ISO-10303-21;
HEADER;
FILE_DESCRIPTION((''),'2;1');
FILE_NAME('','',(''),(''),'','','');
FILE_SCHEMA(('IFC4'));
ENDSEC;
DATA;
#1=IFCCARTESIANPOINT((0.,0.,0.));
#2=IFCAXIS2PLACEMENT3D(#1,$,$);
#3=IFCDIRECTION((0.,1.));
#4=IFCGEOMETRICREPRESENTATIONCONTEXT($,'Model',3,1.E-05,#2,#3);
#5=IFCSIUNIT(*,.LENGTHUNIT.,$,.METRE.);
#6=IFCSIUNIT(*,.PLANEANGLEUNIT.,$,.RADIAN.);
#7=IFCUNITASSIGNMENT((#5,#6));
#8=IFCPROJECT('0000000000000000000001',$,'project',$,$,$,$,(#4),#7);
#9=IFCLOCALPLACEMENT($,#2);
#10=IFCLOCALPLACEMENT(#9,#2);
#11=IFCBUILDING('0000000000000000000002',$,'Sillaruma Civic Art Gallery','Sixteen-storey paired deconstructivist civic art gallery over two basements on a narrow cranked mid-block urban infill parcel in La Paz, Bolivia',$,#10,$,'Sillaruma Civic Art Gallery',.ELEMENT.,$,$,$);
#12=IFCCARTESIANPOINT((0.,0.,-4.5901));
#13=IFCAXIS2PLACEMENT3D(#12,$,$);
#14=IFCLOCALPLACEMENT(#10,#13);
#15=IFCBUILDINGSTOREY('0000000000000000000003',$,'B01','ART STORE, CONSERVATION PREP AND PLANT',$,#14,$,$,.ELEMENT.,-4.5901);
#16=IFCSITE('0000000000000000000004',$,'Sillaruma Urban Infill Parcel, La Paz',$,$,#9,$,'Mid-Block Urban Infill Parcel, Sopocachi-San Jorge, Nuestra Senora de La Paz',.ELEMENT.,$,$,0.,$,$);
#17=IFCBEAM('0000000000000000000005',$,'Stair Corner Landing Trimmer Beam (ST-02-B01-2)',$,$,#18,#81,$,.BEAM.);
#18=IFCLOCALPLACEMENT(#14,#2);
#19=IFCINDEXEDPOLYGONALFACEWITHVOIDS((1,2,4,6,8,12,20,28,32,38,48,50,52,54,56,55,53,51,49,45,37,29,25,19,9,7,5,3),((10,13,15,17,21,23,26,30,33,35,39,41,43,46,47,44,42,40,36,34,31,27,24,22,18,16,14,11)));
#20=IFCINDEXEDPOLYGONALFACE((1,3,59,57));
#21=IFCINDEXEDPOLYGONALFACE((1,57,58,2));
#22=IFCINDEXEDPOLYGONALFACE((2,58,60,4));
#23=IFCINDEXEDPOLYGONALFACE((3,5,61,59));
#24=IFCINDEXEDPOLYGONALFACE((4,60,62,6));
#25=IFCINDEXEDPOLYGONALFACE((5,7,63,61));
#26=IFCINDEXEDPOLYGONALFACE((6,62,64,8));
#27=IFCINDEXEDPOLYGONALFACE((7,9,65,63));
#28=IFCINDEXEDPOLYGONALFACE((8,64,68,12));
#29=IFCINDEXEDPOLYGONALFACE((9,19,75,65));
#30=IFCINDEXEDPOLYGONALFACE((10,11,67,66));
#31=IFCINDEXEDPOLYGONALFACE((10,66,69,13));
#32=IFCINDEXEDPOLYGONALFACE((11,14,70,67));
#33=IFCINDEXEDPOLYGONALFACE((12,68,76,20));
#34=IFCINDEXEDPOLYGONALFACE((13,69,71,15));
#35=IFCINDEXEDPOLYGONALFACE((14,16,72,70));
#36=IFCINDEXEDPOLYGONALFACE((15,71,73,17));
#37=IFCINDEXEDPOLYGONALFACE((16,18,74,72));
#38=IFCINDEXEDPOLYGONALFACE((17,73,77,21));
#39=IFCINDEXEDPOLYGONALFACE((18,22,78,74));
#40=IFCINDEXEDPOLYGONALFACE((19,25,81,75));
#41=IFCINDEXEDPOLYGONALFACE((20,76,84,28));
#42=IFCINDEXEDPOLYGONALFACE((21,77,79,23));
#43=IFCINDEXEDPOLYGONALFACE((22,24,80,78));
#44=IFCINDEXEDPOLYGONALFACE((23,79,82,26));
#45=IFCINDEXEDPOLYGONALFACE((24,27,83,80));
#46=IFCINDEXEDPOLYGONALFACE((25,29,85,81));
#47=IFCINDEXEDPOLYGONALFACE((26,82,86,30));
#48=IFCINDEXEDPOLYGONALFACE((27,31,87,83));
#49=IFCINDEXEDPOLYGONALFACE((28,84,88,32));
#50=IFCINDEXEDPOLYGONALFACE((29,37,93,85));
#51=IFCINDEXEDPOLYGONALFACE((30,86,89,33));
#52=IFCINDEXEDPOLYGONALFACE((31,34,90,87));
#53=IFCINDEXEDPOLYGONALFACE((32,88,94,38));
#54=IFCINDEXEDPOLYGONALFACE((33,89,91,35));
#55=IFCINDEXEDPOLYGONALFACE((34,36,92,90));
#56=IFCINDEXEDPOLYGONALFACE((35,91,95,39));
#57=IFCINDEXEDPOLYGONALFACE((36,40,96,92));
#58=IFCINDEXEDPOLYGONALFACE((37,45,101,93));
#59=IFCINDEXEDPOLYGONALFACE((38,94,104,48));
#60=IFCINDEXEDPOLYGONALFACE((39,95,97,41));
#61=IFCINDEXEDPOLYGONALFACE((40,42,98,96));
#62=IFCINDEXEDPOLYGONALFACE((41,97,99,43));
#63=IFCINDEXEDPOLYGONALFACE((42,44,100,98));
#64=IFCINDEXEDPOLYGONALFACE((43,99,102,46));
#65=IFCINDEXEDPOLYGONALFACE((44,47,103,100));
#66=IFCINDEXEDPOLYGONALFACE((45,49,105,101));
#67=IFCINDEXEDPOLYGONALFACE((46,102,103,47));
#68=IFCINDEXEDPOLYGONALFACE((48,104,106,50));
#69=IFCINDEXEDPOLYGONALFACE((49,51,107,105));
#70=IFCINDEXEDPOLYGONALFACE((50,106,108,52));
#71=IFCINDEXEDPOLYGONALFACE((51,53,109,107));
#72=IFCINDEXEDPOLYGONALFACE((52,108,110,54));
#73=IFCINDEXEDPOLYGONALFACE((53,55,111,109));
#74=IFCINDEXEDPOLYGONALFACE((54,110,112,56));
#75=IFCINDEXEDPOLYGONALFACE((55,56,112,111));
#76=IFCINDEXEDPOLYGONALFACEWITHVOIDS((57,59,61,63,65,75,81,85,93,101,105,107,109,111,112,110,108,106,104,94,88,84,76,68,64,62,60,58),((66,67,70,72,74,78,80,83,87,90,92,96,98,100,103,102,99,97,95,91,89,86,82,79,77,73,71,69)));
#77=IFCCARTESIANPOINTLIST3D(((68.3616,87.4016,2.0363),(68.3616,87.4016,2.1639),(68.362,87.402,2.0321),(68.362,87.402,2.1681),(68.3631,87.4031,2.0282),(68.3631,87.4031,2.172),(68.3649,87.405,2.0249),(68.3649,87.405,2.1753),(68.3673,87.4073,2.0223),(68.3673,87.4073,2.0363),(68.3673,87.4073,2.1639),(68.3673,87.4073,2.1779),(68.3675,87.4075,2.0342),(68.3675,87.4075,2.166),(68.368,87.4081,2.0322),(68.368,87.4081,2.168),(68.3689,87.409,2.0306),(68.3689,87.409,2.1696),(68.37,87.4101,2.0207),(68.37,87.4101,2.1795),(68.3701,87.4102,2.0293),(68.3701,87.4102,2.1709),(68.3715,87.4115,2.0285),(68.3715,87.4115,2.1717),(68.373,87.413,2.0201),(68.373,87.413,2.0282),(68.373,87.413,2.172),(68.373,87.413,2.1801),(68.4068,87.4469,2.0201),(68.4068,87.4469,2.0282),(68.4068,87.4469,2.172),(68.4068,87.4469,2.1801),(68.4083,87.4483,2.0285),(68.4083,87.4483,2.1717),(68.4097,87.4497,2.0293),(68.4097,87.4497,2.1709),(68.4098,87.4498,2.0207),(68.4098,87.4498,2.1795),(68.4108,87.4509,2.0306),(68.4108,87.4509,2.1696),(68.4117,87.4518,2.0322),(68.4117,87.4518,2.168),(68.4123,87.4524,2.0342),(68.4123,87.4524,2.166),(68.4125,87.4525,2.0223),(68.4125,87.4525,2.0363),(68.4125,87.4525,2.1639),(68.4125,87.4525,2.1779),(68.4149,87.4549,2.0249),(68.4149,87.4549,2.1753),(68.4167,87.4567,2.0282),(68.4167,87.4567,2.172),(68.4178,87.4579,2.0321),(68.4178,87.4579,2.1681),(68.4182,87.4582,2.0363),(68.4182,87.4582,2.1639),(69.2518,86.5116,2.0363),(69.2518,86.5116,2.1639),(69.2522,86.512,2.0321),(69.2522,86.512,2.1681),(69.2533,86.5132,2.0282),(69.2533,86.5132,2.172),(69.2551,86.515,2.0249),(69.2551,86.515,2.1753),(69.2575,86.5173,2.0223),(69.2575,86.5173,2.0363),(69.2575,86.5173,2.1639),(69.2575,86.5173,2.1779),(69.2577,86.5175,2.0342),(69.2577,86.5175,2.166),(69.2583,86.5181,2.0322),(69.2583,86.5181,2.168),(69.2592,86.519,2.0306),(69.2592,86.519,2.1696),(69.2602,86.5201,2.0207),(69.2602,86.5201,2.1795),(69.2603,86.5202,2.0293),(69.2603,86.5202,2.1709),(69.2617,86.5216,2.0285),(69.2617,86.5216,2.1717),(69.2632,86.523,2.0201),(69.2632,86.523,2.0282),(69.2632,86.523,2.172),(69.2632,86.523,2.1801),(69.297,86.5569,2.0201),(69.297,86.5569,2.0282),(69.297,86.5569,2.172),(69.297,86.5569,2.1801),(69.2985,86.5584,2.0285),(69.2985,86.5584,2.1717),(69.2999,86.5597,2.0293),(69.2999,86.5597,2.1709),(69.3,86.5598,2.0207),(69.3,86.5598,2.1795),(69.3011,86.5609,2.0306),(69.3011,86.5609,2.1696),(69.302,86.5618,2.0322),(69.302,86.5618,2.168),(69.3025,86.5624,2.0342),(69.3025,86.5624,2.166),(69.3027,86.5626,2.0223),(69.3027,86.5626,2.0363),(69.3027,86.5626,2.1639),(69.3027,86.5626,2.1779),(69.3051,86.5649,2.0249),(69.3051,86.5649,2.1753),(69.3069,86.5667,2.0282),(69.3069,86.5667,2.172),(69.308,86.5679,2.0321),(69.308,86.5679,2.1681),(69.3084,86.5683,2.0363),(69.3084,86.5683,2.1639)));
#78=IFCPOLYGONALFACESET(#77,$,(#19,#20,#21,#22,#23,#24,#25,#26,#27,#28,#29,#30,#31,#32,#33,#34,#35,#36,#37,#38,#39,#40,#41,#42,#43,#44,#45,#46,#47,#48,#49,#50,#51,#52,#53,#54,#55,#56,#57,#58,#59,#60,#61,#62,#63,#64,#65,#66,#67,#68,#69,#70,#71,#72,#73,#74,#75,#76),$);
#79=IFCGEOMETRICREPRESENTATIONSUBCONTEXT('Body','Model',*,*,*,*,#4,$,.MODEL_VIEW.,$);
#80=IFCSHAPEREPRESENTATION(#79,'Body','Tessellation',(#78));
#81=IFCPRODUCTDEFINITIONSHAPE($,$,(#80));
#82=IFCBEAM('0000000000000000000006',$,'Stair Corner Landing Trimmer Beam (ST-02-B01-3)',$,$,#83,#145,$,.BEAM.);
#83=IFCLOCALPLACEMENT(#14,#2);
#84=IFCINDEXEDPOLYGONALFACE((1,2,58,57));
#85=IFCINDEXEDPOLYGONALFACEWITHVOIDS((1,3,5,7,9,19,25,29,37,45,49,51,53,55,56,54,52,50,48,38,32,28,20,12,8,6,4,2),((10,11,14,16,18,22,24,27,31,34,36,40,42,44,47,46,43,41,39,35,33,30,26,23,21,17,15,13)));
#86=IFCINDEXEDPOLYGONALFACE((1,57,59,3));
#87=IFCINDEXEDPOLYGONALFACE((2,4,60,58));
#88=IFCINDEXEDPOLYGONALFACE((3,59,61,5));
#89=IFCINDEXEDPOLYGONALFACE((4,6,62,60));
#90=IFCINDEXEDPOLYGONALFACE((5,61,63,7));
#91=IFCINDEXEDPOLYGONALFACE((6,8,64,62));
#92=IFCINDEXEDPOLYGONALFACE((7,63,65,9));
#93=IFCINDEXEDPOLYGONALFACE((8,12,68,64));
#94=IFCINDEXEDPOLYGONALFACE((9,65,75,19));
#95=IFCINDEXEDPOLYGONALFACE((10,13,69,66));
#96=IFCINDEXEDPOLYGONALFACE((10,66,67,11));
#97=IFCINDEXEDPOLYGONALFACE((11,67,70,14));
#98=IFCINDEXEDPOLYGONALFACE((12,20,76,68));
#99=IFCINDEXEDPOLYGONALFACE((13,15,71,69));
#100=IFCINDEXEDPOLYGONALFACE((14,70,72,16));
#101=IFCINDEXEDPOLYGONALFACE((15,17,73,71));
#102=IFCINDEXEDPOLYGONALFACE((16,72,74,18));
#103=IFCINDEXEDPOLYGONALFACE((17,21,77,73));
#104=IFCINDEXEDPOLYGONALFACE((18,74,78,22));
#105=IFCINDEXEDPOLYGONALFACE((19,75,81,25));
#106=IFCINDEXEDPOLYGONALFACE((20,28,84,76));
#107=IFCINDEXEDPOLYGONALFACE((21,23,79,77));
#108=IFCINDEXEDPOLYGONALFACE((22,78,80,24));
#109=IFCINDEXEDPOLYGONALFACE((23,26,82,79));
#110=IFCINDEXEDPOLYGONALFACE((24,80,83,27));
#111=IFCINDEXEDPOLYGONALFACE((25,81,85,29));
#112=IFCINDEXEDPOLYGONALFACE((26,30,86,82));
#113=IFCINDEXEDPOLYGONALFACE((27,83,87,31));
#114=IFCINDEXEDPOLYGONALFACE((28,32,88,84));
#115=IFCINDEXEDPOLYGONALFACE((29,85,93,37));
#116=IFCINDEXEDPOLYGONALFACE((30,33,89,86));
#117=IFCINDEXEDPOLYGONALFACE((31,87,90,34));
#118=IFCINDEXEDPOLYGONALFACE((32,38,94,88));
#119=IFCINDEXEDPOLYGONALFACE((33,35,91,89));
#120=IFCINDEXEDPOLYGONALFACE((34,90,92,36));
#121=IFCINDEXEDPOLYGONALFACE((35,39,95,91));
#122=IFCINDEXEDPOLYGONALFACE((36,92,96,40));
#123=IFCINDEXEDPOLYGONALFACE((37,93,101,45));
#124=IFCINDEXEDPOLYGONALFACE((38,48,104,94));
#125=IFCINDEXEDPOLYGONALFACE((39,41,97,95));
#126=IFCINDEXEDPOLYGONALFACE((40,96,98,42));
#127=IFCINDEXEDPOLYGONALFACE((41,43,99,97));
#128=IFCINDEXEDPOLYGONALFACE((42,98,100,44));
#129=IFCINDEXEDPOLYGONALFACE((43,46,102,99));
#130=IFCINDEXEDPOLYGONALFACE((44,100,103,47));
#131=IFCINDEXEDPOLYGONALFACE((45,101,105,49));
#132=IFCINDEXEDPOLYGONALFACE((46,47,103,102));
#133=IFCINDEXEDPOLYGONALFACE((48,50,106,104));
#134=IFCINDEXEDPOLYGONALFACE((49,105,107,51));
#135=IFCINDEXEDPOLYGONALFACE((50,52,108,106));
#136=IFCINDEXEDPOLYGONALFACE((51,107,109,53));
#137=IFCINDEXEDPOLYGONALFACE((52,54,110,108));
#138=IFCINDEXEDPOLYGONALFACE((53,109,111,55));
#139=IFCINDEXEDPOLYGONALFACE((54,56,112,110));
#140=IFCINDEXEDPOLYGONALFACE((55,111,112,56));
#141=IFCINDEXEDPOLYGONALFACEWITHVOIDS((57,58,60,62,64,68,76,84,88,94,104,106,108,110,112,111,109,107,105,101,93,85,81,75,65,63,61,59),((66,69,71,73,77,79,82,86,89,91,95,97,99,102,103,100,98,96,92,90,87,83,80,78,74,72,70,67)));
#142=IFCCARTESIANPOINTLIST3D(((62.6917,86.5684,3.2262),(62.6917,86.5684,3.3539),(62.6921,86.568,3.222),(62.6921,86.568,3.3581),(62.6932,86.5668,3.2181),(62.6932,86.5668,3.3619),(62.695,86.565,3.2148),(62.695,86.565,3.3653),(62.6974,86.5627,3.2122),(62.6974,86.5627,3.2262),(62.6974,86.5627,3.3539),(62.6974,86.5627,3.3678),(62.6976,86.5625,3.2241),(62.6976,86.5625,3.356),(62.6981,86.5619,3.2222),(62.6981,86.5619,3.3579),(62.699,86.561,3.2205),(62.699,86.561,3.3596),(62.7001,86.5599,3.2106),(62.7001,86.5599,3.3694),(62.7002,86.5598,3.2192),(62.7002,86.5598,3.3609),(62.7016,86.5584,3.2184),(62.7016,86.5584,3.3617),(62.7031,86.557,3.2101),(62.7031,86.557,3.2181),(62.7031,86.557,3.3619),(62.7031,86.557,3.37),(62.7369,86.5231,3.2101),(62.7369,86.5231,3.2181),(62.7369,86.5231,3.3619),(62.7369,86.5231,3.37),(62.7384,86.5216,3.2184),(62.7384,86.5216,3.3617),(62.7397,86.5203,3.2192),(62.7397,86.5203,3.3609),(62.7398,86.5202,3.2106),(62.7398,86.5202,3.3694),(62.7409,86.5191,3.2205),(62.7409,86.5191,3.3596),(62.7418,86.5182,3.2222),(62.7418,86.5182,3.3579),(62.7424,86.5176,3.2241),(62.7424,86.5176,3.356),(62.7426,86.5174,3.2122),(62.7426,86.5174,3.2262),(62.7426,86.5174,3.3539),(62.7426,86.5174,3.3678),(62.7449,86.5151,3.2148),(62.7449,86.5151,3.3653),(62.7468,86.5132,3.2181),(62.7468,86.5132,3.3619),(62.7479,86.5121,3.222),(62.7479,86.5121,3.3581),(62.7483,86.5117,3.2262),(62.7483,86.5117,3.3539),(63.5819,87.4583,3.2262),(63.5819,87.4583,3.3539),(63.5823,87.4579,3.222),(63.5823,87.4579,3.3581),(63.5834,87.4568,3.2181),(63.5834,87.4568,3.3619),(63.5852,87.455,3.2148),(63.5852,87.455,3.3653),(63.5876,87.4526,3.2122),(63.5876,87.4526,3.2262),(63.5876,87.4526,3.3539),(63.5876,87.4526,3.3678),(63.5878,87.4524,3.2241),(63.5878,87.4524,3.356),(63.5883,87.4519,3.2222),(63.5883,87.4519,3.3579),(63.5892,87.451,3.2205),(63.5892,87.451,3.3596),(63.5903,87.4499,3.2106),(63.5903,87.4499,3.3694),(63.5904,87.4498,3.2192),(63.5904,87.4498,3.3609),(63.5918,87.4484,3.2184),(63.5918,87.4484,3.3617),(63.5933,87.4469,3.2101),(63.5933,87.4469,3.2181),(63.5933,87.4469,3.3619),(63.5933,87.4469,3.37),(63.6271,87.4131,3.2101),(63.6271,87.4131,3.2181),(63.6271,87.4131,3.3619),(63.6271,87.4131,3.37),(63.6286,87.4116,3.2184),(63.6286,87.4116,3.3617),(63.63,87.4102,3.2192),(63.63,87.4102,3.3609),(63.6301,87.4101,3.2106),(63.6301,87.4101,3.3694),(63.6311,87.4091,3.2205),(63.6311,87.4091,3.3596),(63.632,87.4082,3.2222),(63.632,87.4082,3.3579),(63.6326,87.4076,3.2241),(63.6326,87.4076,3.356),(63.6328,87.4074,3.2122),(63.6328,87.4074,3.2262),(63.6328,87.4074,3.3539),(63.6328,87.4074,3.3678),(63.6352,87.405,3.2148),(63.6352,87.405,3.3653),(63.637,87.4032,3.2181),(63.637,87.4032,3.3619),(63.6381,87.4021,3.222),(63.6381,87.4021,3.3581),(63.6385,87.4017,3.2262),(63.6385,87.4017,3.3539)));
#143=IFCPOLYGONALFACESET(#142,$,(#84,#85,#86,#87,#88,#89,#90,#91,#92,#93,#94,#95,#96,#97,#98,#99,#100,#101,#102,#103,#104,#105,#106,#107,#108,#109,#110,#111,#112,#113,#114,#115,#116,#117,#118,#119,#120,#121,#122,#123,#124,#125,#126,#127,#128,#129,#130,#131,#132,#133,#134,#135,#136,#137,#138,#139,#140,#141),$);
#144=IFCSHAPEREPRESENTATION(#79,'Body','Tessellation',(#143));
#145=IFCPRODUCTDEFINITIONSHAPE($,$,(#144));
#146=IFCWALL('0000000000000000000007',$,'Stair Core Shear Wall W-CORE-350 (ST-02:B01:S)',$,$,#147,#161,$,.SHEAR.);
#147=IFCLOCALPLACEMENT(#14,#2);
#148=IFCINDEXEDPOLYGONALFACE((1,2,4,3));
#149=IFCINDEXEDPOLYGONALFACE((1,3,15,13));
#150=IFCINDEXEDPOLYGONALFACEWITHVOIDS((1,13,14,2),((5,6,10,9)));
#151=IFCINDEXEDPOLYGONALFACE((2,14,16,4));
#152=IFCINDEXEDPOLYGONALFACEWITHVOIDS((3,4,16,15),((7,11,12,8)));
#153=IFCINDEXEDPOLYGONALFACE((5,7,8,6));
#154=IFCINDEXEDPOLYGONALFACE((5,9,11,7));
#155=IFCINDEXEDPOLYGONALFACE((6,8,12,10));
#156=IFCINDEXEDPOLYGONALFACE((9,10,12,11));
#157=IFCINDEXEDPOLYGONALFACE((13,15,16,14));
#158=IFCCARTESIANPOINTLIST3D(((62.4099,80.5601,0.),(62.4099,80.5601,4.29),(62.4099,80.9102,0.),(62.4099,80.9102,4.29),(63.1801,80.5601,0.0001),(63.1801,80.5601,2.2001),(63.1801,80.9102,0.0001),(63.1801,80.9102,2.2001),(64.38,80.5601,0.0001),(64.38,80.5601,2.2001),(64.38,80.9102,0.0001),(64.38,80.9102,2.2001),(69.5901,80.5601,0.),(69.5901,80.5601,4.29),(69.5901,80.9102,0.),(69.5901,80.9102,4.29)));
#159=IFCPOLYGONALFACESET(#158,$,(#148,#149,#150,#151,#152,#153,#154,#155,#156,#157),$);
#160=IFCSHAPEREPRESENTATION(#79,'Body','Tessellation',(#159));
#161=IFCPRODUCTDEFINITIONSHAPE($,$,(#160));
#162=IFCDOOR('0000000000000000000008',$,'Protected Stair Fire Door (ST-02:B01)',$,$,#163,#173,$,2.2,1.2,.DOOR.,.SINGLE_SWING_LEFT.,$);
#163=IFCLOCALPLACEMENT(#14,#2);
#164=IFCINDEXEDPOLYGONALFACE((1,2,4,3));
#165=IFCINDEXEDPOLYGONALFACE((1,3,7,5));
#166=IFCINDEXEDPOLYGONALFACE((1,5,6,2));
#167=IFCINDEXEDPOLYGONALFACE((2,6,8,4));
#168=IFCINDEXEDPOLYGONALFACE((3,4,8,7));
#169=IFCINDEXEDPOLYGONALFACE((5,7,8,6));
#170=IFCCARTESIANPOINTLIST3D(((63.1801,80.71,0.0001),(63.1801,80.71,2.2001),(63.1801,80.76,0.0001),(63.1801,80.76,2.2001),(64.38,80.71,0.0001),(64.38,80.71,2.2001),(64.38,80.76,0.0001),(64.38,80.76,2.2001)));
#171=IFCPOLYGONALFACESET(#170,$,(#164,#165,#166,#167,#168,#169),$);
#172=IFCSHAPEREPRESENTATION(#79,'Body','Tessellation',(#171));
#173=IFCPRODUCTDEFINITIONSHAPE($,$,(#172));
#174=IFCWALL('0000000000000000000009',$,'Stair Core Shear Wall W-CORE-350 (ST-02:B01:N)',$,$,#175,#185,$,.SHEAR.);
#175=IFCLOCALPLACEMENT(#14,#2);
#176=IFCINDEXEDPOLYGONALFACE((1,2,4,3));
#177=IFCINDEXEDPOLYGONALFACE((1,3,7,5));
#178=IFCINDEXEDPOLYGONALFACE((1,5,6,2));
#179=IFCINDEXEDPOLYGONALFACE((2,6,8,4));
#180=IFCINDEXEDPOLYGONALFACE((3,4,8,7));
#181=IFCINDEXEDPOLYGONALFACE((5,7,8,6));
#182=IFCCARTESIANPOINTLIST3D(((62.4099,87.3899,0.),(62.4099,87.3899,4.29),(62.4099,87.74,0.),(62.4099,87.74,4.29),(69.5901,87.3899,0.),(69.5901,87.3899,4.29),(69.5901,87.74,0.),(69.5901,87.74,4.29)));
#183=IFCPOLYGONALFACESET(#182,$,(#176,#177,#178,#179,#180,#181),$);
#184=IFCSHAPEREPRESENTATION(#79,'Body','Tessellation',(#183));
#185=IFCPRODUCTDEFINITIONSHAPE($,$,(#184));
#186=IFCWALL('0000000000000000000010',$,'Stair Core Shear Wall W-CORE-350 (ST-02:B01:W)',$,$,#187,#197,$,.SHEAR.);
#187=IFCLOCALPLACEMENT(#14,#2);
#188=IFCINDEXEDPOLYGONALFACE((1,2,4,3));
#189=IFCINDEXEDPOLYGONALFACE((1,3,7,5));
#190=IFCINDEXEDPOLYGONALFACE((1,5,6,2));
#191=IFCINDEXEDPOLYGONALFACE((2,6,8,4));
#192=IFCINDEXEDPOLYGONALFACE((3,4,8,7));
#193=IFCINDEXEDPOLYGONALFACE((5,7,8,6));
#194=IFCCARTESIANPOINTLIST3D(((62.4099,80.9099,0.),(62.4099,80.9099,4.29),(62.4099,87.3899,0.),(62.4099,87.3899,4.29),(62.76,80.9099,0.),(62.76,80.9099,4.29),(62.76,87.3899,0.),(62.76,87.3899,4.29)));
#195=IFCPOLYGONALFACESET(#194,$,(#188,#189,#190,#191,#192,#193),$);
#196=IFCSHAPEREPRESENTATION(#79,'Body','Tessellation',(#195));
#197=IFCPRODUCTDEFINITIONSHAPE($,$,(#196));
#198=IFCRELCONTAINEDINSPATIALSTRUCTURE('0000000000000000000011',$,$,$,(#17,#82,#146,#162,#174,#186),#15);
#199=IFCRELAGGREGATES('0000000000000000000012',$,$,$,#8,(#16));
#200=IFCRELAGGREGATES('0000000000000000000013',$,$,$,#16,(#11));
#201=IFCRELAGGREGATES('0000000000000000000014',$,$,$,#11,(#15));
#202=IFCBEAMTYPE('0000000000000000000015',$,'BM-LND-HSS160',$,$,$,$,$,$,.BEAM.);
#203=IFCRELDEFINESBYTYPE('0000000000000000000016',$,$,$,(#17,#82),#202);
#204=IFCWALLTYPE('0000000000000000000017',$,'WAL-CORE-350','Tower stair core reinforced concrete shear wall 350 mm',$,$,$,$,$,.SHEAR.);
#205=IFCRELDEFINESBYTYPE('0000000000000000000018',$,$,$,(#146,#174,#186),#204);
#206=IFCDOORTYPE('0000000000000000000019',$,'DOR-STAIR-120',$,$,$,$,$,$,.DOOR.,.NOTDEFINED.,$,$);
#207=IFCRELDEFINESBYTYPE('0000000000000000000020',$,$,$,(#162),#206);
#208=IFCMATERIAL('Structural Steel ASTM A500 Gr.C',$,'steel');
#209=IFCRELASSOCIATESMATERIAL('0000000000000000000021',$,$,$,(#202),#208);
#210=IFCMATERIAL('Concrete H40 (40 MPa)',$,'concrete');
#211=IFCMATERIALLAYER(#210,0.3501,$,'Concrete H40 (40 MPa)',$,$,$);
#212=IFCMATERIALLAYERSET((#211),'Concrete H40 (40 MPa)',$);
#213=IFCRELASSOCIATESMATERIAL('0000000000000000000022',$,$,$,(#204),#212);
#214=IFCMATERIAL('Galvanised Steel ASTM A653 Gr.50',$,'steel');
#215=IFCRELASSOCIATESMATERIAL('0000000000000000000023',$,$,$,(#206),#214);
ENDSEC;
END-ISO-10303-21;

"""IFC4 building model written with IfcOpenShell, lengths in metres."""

from ifc_helpers import new_model, si_unit, direction, frame, frame_2d, origin, origin_2d, place, context, subcontext, project, spatial, rectangle, hollow_rectangle, extrude, material, layer, layer_set, material_profile, profile_set, type_object, element, fill, save


model = new_model("IFC4")

# Units and contexts
model_context = context("Model", 3, precision=1e-05, world=origin(), true_north=direction((0.0, 1.0)))
body_context = subcontext(model_context, "Body", "Model", "MODEL_VIEW")
ifc_project = project(units=[si_unit("LENGTHUNIT", "METRE"), si_unit("PLANEANGLEUNIT", "RADIAN")], contexts=[model_context])

# Site, building, storey
site_placement = place(None, origin())
site = spatial("IfcSite", under=ifc_project, at=site_placement, Name="Sillaruma Urban Infill Parcel, La Paz", LongName="Mid-Block Urban Infill Parcel, Sopocachi-San Jorge, Nuestra Senora de La Paz", CompositionType="ELEMENT", RefElevation=0.0)
building_placement = place(site_placement, origin())
building = spatial("IfcBuilding", under=site, at=building_placement, Name="Sillaruma Civic Art Gallery", Description="Sixteen-storey paired deconstructivist civic art gallery over two basements on a narrow cranked mid-block urban infill parcel in La Paz, Bolivia", LongName="Sillaruma Civic Art Gallery", CompositionType="ELEMENT")
storey_placement = place(building_placement, frame((0.0, 0.0, -4.5901)))
storey = spatial("IfcBuildingStorey", under=building, at=storey_placement, Name="B01", Description="ART STORE, CONSERVATION PREP AND PLANT", CompositionType="ELEMENT", Elevation=-4.5901)

# Shared definitions
ifc_material_1 = material(Name="Concrete H40 (40 MPa)", Category="concrete")

# Beams
ifc_material_2 = material(Name="Structural Steel ASTM A500 Gr.C", Category="steel")
ifc_material_profile_1 = material_profile(ifc_material_2, hollow_rectangle(XDim=0.0801, YDim=0.1599, WallThickness=0.0081, InnerFilletRadius=0.0081, OuterFilletRadius=0.0161, at=origin_2d()), Name="HSS160x80x8")
ifc_profile_set_1 = profile_set([ifc_material_profile_1], Name="Structural Steel ASTM A500 Gr.C")
beam_type_1 = type_object("IfcBeamType", Name="BM-LND-HSS160", PredefinedType="BEAM", material=ifc_profile_set_1)
for number, where, z_axis, x_axis, name in (
    (1, (68.3899, 87.4299, 2.1001), (0.707204, -0.70701, 0.0), (0.70701, 0.707204, 0.0), "Stair Corner Landing Trimmer Beam (ST-02-B01-2)"),
    (2, (62.72, 86.54, 3.29), (0.707204, 0.70701, 0.0), (-0.70701, 0.707204, 0.0), "Stair Corner Landing Trimmer Beam (ST-02-B01-3)"),
):
    element("IfcBeam", number, at=place(storey_placement, frame(where, z_axis=z_axis, x_axis=x_axis)), inside=storey, type_object=beam_type_1, Name=name, PredefinedType="BEAM", context=body_context, shape_type="SweptSolid", body=[
        extrude(hollow_rectangle(XDim=0.0801, YDim=0.1599, WallThickness=0.0081, InnerFilletRadius=0.0081, OuterFilletRadius=0.0161, at=origin_2d()), origin(), (0.0, 0.0, 1.0), 1.2588),
    ])

# Wall, opening, door
ifc_layer = layer(ifc_material_1, 0.3501, Name="Concrete H40 (40 MPa)")
ifc_layer_set = layer_set([ifc_layer], Name="Concrete H40 (40 MPa)")
wall_type = type_object("IfcWallType", Name="WAL-CORE-350", Description="Tower stair core reinforced concrete shear wall 350 mm", PredefinedType="SHEAR", material=ifc_layer_set)
wall_1_placement = place(storey_placement, frame((62.4099, 80.7351, 0.0), z_axis=(0.0, 0.0, 1.0), x_axis=(1.0, 0.0, 0.0)))
wall_1 = element("IfcWall", 3, at=wall_1_placement, inside=storey, type_object=wall_type, Name="Stair Core Shear Wall W-CORE-350 (ST-02:B01:S)", PredefinedType="SHEAR", context=body_context, shape_type="SweptSolid", body=[
    extrude(rectangle(XDim=7.1802, YDim=0.3501, at=frame_2d((3.5901, 0.0))), origin(), (0.0, 0.0, 1.0), 4.29),
])
opening_placement = place(wall_1_placement, frame((0.77, 0.0, 0.0)))
opening = element("IfcOpeningElement", 4, at=opening_placement, cuts=wall_1, PredefinedType="OPENING", context=body_context, shape_type="SweptSolid", body=[
    extrude(rectangle(XDim=1.2, YDim=2.2, at=frame_2d((0.6001, 1.1001))), frame((0.0, 0.1851, 0.0), z_axis=(0.0, -1.0, 0.0), x_axis=(1.0, 0.0, 0.0)), (0.0, 0.0, 1.0), 0.3701),
])
ifc_material_3 = material(Name="Galvanised Steel ASTM A653 Gr.50", Category="steel")
door_type = type_object("IfcDoorType", Name="DOR-STAIR-120", OperationType="NOTDEFINED", PredefinedType="DOOR", material=ifc_material_3)
door_placement = place(opening_placement, origin())
door = element("IfcDoor", 5, at=door_placement, inside=storey, type_object=door_type, Name="Protected Stair Fire Door (ST-02:B01)", OperationType="SINGLE_SWING_LEFT", OverallHeight=2.2, OverallWidth=1.2, PredefinedType="DOOR", context=body_context, shape_type="SweptSolid", body=[
    extrude(rectangle(XDim=1.2, YDim=2.2, at=frame_2d((0.6001, 1.1001))), frame((0.0, 0.0249, 0.0), z_axis=(0.0, -1.0, 0.0), x_axis=(1.0, 0.0, 0.0)), (0.0, 0.0, 1.0), 0.05),
])
fill(opening, door)

# Walls
wall_2_placement = place(storey_placement, frame((62.4099, 87.5649, 0.0), z_axis=(0.0, 0.0, 1.0), x_axis=(1.0, 0.0, 0.0)))
element("IfcWall", 6, at=wall_2_placement, inside=storey, type_object=wall_type, Name="Stair Core Shear Wall W-CORE-350 (ST-02:B01:N)", PredefinedType="SHEAR", context=body_context, shape_type="SweptSolid", body=[
    extrude(rectangle(XDim=7.1802, YDim=0.3501, at=frame_2d((3.5901, 0.0))), origin(), (0.0, 0.0, 1.0), 4.29),
])
for number, where, z_axis, x_axis, name in (
    (7, (62.585, 80.9099, 0.0), (0.0, 0.0, 1.0), (0.0, 1.0, 0.0), "Stair Core Shear Wall W-CORE-350 (ST-02:B01:W)"),
):
    element("IfcWall", number, at=place(storey_placement, frame(where, z_axis=z_axis, x_axis=x_axis)), inside=storey, type_object=wall_type, Name=name, PredefinedType="SHEAR", context=body_context, shape_type="SweptSolid", body=[
        extrude(rectangle(XDim=6.48, YDim=0.3501, at=frame_2d((3.24, 0.0))), origin(), (0.0, 0.0, 1.0), 4.29),
    ])

save(model, "model.ifc")
